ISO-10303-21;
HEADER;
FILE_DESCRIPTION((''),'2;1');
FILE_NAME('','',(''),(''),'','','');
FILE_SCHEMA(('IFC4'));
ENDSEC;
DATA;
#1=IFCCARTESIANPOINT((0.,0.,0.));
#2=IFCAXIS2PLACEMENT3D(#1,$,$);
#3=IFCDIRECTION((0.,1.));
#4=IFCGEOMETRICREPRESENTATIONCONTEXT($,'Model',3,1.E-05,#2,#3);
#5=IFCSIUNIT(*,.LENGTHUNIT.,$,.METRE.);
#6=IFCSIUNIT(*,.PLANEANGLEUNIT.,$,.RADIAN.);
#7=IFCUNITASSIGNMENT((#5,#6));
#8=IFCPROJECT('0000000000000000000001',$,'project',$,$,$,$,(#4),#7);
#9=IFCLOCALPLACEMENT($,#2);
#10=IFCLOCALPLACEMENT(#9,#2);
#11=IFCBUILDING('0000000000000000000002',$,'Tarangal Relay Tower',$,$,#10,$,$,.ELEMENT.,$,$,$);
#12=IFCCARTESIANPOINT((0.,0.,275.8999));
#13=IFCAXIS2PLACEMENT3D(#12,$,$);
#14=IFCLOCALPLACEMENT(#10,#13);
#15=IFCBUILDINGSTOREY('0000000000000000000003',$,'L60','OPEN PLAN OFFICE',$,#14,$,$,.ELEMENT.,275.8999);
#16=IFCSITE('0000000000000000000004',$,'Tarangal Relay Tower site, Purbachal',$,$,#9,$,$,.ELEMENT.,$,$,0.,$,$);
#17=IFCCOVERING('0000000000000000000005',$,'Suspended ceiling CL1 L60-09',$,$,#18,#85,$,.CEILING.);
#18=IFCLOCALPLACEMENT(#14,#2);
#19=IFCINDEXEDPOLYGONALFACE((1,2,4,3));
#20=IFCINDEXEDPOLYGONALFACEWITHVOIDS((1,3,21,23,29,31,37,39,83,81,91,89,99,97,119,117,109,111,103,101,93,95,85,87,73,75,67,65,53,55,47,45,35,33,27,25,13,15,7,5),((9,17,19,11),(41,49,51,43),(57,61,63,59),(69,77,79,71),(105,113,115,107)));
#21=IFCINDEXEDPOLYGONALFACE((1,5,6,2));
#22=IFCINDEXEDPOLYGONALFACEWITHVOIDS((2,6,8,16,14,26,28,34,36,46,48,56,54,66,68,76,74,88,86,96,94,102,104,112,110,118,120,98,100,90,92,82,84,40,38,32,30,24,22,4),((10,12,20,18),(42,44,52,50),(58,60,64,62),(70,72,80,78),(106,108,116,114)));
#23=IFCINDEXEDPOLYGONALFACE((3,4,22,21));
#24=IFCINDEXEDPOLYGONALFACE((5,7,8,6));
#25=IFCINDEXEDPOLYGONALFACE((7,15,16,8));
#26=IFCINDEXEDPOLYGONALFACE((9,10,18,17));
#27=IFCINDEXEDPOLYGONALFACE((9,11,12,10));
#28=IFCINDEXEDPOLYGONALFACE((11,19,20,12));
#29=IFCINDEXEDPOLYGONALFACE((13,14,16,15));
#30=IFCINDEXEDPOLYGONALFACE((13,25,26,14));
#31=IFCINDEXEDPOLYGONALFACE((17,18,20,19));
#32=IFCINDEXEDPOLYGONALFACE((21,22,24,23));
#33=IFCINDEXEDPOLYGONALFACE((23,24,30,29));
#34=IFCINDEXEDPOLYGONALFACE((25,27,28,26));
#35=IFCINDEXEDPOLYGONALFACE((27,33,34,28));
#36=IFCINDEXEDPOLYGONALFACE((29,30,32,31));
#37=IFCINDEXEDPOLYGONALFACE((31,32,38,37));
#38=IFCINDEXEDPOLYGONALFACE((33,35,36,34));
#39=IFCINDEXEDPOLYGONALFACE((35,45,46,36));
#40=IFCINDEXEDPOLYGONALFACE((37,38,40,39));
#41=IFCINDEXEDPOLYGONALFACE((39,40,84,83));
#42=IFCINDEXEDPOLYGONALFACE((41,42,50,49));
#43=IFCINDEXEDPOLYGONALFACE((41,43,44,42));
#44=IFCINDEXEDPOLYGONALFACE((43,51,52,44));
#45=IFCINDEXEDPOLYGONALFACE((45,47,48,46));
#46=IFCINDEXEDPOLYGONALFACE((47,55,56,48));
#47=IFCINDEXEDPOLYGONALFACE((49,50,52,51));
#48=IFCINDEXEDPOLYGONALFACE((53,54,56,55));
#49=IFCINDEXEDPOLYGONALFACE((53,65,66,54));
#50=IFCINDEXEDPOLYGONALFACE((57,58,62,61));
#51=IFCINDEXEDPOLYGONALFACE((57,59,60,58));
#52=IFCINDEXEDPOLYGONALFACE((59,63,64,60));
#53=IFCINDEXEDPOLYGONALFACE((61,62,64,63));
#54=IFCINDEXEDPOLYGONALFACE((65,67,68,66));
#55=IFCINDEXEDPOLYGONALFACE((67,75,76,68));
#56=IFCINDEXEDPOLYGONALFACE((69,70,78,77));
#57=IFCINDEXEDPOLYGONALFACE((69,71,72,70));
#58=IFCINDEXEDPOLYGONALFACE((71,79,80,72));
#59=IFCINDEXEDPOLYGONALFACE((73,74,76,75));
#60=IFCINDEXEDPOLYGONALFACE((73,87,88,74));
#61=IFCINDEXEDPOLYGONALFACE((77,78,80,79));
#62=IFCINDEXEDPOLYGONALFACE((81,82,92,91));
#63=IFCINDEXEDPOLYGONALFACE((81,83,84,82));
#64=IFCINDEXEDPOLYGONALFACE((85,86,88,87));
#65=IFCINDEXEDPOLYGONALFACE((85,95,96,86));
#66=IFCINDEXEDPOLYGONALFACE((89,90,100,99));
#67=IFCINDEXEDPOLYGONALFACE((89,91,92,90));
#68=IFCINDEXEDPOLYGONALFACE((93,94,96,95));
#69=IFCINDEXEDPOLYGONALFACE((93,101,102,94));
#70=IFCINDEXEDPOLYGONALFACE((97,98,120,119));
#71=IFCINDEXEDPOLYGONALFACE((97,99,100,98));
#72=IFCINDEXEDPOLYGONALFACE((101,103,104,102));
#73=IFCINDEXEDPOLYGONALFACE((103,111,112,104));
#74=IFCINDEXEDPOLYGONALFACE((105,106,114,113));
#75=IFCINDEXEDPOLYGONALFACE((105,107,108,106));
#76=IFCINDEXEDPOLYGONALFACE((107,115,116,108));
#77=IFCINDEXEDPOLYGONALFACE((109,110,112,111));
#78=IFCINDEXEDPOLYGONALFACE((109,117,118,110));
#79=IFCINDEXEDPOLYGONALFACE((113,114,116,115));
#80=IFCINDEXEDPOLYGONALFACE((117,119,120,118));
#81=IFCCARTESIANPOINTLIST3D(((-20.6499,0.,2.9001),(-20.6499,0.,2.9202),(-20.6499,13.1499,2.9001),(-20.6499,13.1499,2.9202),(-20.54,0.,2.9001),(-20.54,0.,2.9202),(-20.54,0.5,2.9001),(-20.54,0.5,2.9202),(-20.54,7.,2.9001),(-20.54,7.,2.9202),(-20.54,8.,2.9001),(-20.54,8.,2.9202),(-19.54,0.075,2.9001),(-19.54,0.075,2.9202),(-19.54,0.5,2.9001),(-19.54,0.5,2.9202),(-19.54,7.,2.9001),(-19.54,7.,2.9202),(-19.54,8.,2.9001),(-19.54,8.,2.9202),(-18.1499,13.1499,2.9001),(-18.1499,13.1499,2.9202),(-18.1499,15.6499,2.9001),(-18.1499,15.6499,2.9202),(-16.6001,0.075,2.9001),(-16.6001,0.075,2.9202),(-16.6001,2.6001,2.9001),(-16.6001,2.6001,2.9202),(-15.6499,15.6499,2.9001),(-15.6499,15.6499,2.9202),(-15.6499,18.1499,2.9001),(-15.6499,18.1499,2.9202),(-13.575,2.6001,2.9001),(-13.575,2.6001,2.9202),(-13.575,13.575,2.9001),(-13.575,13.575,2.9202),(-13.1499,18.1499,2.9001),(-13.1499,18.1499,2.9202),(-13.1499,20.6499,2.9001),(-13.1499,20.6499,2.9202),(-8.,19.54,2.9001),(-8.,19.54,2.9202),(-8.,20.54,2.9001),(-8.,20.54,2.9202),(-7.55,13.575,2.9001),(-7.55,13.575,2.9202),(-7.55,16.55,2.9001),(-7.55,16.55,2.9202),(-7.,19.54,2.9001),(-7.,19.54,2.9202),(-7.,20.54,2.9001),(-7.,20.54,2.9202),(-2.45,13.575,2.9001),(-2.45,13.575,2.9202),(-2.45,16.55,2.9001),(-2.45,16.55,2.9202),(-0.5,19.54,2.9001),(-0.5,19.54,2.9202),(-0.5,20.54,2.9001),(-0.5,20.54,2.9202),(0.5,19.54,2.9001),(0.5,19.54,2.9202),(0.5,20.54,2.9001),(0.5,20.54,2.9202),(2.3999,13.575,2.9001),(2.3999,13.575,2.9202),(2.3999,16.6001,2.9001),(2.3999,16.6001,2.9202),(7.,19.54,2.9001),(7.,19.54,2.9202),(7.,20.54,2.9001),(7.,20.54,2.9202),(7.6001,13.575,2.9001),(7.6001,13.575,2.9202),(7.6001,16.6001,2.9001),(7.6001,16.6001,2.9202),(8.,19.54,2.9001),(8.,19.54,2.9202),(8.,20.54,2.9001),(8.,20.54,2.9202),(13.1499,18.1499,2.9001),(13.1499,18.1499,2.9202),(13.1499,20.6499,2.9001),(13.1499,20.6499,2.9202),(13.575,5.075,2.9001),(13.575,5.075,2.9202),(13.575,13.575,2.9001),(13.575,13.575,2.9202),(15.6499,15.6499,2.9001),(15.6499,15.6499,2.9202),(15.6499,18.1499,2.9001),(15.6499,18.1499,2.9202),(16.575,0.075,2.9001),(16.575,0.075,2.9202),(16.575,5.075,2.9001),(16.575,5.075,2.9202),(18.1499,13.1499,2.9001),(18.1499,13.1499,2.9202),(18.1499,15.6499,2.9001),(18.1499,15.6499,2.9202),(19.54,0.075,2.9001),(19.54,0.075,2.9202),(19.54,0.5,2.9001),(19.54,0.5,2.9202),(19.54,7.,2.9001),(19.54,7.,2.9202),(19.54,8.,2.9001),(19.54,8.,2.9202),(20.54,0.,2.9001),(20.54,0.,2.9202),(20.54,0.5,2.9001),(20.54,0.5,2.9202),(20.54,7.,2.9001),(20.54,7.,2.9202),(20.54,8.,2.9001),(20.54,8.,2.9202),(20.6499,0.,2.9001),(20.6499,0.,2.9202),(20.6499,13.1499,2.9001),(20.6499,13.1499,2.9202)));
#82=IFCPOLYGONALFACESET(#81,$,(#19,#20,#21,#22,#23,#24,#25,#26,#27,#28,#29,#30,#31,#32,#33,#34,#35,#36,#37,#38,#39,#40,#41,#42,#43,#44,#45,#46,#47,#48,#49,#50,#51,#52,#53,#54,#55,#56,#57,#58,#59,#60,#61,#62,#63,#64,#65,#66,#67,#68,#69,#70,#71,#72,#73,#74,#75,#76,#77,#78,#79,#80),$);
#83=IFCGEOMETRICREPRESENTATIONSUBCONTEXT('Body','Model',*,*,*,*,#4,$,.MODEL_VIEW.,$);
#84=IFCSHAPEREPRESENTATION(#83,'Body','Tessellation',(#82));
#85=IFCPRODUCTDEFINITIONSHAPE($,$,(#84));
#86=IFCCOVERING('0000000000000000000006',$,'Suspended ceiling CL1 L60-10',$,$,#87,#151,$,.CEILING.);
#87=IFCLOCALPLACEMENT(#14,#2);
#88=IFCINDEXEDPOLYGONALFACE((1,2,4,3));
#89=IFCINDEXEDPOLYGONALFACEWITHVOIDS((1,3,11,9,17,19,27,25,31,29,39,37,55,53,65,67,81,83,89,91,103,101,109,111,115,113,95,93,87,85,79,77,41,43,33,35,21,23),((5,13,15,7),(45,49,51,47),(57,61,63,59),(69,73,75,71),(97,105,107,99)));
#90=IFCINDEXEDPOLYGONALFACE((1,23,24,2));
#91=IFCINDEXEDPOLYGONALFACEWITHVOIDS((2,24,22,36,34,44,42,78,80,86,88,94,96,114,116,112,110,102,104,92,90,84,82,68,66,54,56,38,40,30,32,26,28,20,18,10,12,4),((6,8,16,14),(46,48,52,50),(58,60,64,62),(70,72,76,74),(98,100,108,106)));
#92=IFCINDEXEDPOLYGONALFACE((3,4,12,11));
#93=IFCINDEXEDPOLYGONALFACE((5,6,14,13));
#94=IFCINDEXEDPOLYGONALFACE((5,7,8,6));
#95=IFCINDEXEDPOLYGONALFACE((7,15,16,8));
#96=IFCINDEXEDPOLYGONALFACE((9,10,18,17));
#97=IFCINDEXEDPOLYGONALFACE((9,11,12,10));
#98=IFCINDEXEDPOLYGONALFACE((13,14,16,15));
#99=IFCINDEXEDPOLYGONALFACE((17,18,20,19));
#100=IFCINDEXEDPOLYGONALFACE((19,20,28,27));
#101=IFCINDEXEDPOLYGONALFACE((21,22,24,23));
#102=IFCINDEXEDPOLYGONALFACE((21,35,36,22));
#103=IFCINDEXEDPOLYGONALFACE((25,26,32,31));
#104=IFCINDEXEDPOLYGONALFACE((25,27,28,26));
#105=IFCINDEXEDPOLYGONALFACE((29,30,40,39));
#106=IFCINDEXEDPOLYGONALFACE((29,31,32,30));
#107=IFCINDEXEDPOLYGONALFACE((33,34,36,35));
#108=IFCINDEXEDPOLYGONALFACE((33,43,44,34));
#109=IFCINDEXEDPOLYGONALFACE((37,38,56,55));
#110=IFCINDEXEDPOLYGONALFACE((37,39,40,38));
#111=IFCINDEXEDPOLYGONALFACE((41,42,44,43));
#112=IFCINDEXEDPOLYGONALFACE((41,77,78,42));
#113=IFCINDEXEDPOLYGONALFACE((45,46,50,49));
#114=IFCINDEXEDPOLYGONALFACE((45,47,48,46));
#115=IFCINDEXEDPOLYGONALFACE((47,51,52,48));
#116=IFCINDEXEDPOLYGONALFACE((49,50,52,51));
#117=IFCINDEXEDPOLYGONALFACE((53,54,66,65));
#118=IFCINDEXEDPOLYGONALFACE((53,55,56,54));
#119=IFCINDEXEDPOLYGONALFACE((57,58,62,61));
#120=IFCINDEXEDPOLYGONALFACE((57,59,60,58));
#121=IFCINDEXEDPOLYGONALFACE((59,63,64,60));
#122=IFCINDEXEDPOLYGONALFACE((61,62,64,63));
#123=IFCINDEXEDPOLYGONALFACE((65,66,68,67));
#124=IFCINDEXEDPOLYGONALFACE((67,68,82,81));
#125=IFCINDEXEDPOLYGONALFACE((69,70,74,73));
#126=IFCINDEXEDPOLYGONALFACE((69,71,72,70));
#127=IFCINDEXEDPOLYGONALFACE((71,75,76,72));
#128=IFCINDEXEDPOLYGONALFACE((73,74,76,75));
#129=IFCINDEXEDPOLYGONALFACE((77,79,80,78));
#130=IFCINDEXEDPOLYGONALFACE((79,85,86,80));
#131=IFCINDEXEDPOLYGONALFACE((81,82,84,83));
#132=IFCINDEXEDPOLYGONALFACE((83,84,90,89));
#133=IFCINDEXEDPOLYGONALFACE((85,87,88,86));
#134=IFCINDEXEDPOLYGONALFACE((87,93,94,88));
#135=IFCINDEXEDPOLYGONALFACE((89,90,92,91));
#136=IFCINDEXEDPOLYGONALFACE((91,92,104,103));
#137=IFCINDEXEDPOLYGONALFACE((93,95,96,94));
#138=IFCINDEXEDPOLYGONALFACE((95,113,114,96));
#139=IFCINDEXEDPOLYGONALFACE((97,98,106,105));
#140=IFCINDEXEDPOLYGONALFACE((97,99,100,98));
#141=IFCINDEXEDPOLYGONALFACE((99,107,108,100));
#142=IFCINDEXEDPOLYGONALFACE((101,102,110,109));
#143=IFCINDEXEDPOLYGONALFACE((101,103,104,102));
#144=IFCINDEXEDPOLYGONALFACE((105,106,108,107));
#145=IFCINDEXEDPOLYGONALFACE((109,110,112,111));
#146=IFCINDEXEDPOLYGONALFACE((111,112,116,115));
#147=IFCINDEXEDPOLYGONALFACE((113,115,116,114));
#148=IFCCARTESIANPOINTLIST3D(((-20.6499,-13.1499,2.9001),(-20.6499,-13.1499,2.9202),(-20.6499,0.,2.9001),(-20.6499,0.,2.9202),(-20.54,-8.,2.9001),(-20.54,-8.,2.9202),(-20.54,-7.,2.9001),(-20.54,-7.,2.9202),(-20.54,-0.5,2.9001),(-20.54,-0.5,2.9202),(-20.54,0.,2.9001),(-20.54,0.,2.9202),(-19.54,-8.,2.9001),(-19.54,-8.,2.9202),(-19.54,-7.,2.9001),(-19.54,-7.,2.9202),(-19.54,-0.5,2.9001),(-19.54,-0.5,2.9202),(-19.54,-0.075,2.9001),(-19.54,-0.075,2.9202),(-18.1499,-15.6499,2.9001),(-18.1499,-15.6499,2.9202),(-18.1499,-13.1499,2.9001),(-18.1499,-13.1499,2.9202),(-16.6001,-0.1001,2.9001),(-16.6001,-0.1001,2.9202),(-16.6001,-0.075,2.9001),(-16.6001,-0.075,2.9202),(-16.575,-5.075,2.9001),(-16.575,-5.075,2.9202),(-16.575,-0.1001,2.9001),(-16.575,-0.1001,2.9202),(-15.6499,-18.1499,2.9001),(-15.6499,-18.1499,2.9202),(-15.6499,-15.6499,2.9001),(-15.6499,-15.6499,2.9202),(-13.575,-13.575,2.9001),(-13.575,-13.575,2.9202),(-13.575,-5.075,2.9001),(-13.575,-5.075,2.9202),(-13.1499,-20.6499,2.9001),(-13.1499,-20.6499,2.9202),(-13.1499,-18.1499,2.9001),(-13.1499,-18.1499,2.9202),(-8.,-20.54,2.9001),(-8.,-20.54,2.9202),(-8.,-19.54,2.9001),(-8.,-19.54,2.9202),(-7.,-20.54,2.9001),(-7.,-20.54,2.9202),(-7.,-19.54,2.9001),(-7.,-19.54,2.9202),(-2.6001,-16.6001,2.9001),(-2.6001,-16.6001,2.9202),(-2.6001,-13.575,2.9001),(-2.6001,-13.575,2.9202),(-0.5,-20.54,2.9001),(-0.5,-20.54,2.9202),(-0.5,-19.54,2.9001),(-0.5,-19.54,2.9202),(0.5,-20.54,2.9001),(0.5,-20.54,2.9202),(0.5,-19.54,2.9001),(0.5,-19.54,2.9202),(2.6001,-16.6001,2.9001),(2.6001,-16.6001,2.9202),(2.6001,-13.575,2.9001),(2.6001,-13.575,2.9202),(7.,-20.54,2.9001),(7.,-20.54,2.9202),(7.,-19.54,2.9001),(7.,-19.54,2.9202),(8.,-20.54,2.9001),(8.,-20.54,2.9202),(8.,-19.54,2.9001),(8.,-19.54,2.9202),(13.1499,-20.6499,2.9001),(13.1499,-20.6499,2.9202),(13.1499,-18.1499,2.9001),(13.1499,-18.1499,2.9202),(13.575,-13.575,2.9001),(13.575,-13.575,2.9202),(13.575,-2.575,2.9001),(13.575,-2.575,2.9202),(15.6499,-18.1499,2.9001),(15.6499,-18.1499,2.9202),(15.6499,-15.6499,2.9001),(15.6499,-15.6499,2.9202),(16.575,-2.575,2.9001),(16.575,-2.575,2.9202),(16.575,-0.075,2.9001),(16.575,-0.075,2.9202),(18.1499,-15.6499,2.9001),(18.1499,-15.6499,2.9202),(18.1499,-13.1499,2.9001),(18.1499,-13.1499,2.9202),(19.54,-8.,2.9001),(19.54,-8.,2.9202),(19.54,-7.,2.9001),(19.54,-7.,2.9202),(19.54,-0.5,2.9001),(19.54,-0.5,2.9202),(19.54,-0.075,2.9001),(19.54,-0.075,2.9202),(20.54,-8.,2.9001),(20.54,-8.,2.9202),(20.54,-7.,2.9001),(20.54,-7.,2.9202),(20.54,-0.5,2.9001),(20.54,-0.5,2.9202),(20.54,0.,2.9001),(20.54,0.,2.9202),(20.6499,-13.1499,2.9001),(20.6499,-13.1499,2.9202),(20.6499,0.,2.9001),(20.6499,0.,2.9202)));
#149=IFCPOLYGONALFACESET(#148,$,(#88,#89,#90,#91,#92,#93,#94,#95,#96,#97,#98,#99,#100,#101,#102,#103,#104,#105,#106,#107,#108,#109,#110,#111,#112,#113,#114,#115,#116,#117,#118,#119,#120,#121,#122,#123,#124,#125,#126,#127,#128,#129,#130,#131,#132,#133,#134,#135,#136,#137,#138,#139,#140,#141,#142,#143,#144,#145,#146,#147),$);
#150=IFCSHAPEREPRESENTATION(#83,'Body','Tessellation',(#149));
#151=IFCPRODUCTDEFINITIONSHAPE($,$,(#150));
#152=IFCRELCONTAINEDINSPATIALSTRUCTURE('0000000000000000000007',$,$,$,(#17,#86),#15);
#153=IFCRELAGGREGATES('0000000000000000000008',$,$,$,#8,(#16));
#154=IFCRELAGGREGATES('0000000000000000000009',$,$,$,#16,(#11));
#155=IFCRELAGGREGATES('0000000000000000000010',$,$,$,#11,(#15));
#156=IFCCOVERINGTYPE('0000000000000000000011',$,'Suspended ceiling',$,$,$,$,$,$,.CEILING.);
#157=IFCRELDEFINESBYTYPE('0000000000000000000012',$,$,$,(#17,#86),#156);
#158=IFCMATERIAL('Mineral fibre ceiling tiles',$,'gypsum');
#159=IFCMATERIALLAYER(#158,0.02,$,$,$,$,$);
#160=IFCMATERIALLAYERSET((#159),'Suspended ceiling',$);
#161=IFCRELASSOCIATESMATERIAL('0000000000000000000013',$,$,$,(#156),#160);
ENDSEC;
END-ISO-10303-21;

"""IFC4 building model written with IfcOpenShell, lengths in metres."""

from ifc_helpers import new_model, si_unit, direction, frame, origin, place, context, subcontext, project, spatial, polyline, outline, extrude, material, layer, layer_set, type_object, element, save


model = new_model("IFC4")

# Units and contexts
model_context = context("Model", 3, precision=1e-05, world=origin(), true_north=direction((0.0, 1.0)))
body_context = subcontext(model_context, "Body", "Model", "MODEL_VIEW")
ifc_project = project(units=[si_unit("LENGTHUNIT", "METRE"), si_unit("PLANEANGLEUNIT", "RADIAN")], contexts=[model_context])

# Site, building, storey
site_placement = place(None, origin())
site = spatial("IfcSite", under=ifc_project, at=site_placement, Name="Tarangal Relay Tower site, Purbachal", CompositionType="ELEMENT", RefElevation=0.0)
building_placement = place(site_placement, origin())
building = spatial("IfcBuilding", under=site, at=building_placement, Name="Tarangal Relay Tower", CompositionType="ELEMENT")
storey_placement = place(building_placement, frame((0.0, 0.0, 275.8999)))
storey = spatial("IfcBuildingStorey", under=building, at=storey_placement, Name="L60", Description="OPEN PLAN OFFICE", CompositionType="ELEMENT", Elevation=275.8999)

# Coverings
ifc_material_1 = material(Name="Mineral fibre ceiling tiles", Category="gypsum")
ifc_layer_1 = layer(ifc_material_1, 0.02)
ifc_layer_set_1 = layer_set([ifc_layer_1], Name="Suspended ceiling")
covering_type = type_object("IfcCoveringType", Name="Suspended ceiling", PredefinedType="CEILING", material=ifc_layer_set_1)
covering_1_placement = place(storey_placement, frame((0.0, 0.0, 2.9001)))
element("IfcCovering", 1, at=covering_1_placement, inside=storey, type_object=covering_type, Name="Suspended ceiling CL1 L60-09", PredefinedType="CEILING", context=body_context, shape_type="SweptSolid", body=[
    extrude(outline(polyline([(-20.6499, 0.0), (-20.54, 0.0), (-20.54, 0.5), (-19.54, 0.5), (-19.54, 0.075), (-16.6001, 0.075), (-16.6001, 2.6001), (-13.575, 2.6001), (-13.575, 13.575), (-7.55, 13.575), (-7.55, 16.55), (-2.45, 16.55), (-2.45, 13.575), (2.3999, 13.575), (2.3999, 16.6001), (7.6001, 16.6001), (7.6001, 13.575), (13.575, 13.575), (13.575, 5.075), (16.575, 5.075), (16.575, 0.075), (19.54, 0.075), (19.54, 0.5), (20.54, 0.5), (20.54, 0.0), (20.6499, 0.0), (20.6499, 13.1499), (18.1499, 13.1499), (18.1499, 15.6499), (15.6499, 15.6499), (15.6499, 18.1499), (13.1499, 18.1499), (13.1499, 20.6499), (-13.1499, 20.6499), (-13.1499, 18.1499), (-15.6499, 18.1499), (-15.6499, 15.6499), (-18.1499, 15.6499), (-18.1499, 13.1499), (-20.6499, 13.1499), (-20.6499, 0.0)]), holes=[polyline([(-20.54, 8.0), (-20.54, 7.0), (-19.54, 7.0), (-19.54, 8.0), (-20.54, 8.0)]), polyline([(19.54, 8.0), (19.54, 7.0), (20.54, 7.0), (20.54, 8.0), (19.54, 8.0)]), polyline([(-8.0, 20.54), (-8.0, 19.54), (-7.0, 19.54), (-7.0, 20.54), (-8.0, 20.54)]), polyline([(-0.5, 20.54), (-0.5, 19.54), (0.5, 19.54), (0.5, 20.54), (-0.5, 20.54)]), polyline([(7.0, 20.54), (7.0, 19.54), (8.0, 19.54), (8.0, 20.54), (7.0, 20.54)])]), origin(), (0.0, 0.0, 1.0), 0.02),
])
covering_2_placement = place(storey_placement, frame((0.0, 0.0, 2.9001)))
element("IfcCovering", 2, at=covering_2_placement, inside=storey, type_object=covering_type, Name="Suspended ceiling CL1 L60-10", PredefinedType="CEILING", context=body_context, shape_type="SweptSolid", body=[
    extrude(outline(polyline([(20.6499, 0.0), (20.54, 0.0), (20.54, -0.5), (19.54, -0.5), (19.54, -0.075), (16.575, -0.075), (16.575, -2.575), (13.575, -2.575), (13.575, -13.575), (2.6001, -13.575), (2.6001, -16.6001), (-2.6001, -16.6001), (-2.6001, -13.575), (-13.575, -13.575), (-13.575, -5.075), (-16.575, -5.075), (-16.575, -0.1001), (-16.6001, -0.1001), (-16.6001, -0.075), (-19.54, -0.075), (-19.54, -0.5), (-20.54, -0.5), (-20.54, 0.0), (-20.6499, 0.0), (-20.6499, -13.1499), (-18.1499, -13.1499), (-18.1499, -15.6499), (-15.6499, -15.6499), (-15.6499, -18.1499), (-13.1499, -18.1499), (-13.1499, -20.6499), (13.1499, -20.6499), (13.1499, -18.1499), (15.6499, -18.1499), (15.6499, -15.6499), (18.1499, -15.6499), (18.1499, -13.1499), (20.6499, -13.1499), (20.6499, 0.0)]), holes=[polyline([(-8.0, -20.54), (-7.0, -20.54), (-7.0, -19.54), (-8.0, -19.54), (-8.0, -20.54)]), polyline([(-0.5, -19.54), (-0.5, -20.54), (0.5, -20.54), (0.5, -19.54), (-0.5, -19.54)]), polyline([(7.0, -19.54), (7.0, -20.54), (8.0, -20.54), (8.0, -19.54), (7.0, -19.54)]), polyline([(-20.54, -7.0), (-20.54, -8.0), (-19.54, -8.0), (-19.54, -7.0), (-20.54, -7.0)]), polyline([(19.54, -7.0), (19.54, -8.0), (20.54, -8.0), (20.54, -7.0), (19.54, -7.0)])]), origin(), (0.0, 0.0, 1.0), 0.02),
])

save(model, "model.ifc")
